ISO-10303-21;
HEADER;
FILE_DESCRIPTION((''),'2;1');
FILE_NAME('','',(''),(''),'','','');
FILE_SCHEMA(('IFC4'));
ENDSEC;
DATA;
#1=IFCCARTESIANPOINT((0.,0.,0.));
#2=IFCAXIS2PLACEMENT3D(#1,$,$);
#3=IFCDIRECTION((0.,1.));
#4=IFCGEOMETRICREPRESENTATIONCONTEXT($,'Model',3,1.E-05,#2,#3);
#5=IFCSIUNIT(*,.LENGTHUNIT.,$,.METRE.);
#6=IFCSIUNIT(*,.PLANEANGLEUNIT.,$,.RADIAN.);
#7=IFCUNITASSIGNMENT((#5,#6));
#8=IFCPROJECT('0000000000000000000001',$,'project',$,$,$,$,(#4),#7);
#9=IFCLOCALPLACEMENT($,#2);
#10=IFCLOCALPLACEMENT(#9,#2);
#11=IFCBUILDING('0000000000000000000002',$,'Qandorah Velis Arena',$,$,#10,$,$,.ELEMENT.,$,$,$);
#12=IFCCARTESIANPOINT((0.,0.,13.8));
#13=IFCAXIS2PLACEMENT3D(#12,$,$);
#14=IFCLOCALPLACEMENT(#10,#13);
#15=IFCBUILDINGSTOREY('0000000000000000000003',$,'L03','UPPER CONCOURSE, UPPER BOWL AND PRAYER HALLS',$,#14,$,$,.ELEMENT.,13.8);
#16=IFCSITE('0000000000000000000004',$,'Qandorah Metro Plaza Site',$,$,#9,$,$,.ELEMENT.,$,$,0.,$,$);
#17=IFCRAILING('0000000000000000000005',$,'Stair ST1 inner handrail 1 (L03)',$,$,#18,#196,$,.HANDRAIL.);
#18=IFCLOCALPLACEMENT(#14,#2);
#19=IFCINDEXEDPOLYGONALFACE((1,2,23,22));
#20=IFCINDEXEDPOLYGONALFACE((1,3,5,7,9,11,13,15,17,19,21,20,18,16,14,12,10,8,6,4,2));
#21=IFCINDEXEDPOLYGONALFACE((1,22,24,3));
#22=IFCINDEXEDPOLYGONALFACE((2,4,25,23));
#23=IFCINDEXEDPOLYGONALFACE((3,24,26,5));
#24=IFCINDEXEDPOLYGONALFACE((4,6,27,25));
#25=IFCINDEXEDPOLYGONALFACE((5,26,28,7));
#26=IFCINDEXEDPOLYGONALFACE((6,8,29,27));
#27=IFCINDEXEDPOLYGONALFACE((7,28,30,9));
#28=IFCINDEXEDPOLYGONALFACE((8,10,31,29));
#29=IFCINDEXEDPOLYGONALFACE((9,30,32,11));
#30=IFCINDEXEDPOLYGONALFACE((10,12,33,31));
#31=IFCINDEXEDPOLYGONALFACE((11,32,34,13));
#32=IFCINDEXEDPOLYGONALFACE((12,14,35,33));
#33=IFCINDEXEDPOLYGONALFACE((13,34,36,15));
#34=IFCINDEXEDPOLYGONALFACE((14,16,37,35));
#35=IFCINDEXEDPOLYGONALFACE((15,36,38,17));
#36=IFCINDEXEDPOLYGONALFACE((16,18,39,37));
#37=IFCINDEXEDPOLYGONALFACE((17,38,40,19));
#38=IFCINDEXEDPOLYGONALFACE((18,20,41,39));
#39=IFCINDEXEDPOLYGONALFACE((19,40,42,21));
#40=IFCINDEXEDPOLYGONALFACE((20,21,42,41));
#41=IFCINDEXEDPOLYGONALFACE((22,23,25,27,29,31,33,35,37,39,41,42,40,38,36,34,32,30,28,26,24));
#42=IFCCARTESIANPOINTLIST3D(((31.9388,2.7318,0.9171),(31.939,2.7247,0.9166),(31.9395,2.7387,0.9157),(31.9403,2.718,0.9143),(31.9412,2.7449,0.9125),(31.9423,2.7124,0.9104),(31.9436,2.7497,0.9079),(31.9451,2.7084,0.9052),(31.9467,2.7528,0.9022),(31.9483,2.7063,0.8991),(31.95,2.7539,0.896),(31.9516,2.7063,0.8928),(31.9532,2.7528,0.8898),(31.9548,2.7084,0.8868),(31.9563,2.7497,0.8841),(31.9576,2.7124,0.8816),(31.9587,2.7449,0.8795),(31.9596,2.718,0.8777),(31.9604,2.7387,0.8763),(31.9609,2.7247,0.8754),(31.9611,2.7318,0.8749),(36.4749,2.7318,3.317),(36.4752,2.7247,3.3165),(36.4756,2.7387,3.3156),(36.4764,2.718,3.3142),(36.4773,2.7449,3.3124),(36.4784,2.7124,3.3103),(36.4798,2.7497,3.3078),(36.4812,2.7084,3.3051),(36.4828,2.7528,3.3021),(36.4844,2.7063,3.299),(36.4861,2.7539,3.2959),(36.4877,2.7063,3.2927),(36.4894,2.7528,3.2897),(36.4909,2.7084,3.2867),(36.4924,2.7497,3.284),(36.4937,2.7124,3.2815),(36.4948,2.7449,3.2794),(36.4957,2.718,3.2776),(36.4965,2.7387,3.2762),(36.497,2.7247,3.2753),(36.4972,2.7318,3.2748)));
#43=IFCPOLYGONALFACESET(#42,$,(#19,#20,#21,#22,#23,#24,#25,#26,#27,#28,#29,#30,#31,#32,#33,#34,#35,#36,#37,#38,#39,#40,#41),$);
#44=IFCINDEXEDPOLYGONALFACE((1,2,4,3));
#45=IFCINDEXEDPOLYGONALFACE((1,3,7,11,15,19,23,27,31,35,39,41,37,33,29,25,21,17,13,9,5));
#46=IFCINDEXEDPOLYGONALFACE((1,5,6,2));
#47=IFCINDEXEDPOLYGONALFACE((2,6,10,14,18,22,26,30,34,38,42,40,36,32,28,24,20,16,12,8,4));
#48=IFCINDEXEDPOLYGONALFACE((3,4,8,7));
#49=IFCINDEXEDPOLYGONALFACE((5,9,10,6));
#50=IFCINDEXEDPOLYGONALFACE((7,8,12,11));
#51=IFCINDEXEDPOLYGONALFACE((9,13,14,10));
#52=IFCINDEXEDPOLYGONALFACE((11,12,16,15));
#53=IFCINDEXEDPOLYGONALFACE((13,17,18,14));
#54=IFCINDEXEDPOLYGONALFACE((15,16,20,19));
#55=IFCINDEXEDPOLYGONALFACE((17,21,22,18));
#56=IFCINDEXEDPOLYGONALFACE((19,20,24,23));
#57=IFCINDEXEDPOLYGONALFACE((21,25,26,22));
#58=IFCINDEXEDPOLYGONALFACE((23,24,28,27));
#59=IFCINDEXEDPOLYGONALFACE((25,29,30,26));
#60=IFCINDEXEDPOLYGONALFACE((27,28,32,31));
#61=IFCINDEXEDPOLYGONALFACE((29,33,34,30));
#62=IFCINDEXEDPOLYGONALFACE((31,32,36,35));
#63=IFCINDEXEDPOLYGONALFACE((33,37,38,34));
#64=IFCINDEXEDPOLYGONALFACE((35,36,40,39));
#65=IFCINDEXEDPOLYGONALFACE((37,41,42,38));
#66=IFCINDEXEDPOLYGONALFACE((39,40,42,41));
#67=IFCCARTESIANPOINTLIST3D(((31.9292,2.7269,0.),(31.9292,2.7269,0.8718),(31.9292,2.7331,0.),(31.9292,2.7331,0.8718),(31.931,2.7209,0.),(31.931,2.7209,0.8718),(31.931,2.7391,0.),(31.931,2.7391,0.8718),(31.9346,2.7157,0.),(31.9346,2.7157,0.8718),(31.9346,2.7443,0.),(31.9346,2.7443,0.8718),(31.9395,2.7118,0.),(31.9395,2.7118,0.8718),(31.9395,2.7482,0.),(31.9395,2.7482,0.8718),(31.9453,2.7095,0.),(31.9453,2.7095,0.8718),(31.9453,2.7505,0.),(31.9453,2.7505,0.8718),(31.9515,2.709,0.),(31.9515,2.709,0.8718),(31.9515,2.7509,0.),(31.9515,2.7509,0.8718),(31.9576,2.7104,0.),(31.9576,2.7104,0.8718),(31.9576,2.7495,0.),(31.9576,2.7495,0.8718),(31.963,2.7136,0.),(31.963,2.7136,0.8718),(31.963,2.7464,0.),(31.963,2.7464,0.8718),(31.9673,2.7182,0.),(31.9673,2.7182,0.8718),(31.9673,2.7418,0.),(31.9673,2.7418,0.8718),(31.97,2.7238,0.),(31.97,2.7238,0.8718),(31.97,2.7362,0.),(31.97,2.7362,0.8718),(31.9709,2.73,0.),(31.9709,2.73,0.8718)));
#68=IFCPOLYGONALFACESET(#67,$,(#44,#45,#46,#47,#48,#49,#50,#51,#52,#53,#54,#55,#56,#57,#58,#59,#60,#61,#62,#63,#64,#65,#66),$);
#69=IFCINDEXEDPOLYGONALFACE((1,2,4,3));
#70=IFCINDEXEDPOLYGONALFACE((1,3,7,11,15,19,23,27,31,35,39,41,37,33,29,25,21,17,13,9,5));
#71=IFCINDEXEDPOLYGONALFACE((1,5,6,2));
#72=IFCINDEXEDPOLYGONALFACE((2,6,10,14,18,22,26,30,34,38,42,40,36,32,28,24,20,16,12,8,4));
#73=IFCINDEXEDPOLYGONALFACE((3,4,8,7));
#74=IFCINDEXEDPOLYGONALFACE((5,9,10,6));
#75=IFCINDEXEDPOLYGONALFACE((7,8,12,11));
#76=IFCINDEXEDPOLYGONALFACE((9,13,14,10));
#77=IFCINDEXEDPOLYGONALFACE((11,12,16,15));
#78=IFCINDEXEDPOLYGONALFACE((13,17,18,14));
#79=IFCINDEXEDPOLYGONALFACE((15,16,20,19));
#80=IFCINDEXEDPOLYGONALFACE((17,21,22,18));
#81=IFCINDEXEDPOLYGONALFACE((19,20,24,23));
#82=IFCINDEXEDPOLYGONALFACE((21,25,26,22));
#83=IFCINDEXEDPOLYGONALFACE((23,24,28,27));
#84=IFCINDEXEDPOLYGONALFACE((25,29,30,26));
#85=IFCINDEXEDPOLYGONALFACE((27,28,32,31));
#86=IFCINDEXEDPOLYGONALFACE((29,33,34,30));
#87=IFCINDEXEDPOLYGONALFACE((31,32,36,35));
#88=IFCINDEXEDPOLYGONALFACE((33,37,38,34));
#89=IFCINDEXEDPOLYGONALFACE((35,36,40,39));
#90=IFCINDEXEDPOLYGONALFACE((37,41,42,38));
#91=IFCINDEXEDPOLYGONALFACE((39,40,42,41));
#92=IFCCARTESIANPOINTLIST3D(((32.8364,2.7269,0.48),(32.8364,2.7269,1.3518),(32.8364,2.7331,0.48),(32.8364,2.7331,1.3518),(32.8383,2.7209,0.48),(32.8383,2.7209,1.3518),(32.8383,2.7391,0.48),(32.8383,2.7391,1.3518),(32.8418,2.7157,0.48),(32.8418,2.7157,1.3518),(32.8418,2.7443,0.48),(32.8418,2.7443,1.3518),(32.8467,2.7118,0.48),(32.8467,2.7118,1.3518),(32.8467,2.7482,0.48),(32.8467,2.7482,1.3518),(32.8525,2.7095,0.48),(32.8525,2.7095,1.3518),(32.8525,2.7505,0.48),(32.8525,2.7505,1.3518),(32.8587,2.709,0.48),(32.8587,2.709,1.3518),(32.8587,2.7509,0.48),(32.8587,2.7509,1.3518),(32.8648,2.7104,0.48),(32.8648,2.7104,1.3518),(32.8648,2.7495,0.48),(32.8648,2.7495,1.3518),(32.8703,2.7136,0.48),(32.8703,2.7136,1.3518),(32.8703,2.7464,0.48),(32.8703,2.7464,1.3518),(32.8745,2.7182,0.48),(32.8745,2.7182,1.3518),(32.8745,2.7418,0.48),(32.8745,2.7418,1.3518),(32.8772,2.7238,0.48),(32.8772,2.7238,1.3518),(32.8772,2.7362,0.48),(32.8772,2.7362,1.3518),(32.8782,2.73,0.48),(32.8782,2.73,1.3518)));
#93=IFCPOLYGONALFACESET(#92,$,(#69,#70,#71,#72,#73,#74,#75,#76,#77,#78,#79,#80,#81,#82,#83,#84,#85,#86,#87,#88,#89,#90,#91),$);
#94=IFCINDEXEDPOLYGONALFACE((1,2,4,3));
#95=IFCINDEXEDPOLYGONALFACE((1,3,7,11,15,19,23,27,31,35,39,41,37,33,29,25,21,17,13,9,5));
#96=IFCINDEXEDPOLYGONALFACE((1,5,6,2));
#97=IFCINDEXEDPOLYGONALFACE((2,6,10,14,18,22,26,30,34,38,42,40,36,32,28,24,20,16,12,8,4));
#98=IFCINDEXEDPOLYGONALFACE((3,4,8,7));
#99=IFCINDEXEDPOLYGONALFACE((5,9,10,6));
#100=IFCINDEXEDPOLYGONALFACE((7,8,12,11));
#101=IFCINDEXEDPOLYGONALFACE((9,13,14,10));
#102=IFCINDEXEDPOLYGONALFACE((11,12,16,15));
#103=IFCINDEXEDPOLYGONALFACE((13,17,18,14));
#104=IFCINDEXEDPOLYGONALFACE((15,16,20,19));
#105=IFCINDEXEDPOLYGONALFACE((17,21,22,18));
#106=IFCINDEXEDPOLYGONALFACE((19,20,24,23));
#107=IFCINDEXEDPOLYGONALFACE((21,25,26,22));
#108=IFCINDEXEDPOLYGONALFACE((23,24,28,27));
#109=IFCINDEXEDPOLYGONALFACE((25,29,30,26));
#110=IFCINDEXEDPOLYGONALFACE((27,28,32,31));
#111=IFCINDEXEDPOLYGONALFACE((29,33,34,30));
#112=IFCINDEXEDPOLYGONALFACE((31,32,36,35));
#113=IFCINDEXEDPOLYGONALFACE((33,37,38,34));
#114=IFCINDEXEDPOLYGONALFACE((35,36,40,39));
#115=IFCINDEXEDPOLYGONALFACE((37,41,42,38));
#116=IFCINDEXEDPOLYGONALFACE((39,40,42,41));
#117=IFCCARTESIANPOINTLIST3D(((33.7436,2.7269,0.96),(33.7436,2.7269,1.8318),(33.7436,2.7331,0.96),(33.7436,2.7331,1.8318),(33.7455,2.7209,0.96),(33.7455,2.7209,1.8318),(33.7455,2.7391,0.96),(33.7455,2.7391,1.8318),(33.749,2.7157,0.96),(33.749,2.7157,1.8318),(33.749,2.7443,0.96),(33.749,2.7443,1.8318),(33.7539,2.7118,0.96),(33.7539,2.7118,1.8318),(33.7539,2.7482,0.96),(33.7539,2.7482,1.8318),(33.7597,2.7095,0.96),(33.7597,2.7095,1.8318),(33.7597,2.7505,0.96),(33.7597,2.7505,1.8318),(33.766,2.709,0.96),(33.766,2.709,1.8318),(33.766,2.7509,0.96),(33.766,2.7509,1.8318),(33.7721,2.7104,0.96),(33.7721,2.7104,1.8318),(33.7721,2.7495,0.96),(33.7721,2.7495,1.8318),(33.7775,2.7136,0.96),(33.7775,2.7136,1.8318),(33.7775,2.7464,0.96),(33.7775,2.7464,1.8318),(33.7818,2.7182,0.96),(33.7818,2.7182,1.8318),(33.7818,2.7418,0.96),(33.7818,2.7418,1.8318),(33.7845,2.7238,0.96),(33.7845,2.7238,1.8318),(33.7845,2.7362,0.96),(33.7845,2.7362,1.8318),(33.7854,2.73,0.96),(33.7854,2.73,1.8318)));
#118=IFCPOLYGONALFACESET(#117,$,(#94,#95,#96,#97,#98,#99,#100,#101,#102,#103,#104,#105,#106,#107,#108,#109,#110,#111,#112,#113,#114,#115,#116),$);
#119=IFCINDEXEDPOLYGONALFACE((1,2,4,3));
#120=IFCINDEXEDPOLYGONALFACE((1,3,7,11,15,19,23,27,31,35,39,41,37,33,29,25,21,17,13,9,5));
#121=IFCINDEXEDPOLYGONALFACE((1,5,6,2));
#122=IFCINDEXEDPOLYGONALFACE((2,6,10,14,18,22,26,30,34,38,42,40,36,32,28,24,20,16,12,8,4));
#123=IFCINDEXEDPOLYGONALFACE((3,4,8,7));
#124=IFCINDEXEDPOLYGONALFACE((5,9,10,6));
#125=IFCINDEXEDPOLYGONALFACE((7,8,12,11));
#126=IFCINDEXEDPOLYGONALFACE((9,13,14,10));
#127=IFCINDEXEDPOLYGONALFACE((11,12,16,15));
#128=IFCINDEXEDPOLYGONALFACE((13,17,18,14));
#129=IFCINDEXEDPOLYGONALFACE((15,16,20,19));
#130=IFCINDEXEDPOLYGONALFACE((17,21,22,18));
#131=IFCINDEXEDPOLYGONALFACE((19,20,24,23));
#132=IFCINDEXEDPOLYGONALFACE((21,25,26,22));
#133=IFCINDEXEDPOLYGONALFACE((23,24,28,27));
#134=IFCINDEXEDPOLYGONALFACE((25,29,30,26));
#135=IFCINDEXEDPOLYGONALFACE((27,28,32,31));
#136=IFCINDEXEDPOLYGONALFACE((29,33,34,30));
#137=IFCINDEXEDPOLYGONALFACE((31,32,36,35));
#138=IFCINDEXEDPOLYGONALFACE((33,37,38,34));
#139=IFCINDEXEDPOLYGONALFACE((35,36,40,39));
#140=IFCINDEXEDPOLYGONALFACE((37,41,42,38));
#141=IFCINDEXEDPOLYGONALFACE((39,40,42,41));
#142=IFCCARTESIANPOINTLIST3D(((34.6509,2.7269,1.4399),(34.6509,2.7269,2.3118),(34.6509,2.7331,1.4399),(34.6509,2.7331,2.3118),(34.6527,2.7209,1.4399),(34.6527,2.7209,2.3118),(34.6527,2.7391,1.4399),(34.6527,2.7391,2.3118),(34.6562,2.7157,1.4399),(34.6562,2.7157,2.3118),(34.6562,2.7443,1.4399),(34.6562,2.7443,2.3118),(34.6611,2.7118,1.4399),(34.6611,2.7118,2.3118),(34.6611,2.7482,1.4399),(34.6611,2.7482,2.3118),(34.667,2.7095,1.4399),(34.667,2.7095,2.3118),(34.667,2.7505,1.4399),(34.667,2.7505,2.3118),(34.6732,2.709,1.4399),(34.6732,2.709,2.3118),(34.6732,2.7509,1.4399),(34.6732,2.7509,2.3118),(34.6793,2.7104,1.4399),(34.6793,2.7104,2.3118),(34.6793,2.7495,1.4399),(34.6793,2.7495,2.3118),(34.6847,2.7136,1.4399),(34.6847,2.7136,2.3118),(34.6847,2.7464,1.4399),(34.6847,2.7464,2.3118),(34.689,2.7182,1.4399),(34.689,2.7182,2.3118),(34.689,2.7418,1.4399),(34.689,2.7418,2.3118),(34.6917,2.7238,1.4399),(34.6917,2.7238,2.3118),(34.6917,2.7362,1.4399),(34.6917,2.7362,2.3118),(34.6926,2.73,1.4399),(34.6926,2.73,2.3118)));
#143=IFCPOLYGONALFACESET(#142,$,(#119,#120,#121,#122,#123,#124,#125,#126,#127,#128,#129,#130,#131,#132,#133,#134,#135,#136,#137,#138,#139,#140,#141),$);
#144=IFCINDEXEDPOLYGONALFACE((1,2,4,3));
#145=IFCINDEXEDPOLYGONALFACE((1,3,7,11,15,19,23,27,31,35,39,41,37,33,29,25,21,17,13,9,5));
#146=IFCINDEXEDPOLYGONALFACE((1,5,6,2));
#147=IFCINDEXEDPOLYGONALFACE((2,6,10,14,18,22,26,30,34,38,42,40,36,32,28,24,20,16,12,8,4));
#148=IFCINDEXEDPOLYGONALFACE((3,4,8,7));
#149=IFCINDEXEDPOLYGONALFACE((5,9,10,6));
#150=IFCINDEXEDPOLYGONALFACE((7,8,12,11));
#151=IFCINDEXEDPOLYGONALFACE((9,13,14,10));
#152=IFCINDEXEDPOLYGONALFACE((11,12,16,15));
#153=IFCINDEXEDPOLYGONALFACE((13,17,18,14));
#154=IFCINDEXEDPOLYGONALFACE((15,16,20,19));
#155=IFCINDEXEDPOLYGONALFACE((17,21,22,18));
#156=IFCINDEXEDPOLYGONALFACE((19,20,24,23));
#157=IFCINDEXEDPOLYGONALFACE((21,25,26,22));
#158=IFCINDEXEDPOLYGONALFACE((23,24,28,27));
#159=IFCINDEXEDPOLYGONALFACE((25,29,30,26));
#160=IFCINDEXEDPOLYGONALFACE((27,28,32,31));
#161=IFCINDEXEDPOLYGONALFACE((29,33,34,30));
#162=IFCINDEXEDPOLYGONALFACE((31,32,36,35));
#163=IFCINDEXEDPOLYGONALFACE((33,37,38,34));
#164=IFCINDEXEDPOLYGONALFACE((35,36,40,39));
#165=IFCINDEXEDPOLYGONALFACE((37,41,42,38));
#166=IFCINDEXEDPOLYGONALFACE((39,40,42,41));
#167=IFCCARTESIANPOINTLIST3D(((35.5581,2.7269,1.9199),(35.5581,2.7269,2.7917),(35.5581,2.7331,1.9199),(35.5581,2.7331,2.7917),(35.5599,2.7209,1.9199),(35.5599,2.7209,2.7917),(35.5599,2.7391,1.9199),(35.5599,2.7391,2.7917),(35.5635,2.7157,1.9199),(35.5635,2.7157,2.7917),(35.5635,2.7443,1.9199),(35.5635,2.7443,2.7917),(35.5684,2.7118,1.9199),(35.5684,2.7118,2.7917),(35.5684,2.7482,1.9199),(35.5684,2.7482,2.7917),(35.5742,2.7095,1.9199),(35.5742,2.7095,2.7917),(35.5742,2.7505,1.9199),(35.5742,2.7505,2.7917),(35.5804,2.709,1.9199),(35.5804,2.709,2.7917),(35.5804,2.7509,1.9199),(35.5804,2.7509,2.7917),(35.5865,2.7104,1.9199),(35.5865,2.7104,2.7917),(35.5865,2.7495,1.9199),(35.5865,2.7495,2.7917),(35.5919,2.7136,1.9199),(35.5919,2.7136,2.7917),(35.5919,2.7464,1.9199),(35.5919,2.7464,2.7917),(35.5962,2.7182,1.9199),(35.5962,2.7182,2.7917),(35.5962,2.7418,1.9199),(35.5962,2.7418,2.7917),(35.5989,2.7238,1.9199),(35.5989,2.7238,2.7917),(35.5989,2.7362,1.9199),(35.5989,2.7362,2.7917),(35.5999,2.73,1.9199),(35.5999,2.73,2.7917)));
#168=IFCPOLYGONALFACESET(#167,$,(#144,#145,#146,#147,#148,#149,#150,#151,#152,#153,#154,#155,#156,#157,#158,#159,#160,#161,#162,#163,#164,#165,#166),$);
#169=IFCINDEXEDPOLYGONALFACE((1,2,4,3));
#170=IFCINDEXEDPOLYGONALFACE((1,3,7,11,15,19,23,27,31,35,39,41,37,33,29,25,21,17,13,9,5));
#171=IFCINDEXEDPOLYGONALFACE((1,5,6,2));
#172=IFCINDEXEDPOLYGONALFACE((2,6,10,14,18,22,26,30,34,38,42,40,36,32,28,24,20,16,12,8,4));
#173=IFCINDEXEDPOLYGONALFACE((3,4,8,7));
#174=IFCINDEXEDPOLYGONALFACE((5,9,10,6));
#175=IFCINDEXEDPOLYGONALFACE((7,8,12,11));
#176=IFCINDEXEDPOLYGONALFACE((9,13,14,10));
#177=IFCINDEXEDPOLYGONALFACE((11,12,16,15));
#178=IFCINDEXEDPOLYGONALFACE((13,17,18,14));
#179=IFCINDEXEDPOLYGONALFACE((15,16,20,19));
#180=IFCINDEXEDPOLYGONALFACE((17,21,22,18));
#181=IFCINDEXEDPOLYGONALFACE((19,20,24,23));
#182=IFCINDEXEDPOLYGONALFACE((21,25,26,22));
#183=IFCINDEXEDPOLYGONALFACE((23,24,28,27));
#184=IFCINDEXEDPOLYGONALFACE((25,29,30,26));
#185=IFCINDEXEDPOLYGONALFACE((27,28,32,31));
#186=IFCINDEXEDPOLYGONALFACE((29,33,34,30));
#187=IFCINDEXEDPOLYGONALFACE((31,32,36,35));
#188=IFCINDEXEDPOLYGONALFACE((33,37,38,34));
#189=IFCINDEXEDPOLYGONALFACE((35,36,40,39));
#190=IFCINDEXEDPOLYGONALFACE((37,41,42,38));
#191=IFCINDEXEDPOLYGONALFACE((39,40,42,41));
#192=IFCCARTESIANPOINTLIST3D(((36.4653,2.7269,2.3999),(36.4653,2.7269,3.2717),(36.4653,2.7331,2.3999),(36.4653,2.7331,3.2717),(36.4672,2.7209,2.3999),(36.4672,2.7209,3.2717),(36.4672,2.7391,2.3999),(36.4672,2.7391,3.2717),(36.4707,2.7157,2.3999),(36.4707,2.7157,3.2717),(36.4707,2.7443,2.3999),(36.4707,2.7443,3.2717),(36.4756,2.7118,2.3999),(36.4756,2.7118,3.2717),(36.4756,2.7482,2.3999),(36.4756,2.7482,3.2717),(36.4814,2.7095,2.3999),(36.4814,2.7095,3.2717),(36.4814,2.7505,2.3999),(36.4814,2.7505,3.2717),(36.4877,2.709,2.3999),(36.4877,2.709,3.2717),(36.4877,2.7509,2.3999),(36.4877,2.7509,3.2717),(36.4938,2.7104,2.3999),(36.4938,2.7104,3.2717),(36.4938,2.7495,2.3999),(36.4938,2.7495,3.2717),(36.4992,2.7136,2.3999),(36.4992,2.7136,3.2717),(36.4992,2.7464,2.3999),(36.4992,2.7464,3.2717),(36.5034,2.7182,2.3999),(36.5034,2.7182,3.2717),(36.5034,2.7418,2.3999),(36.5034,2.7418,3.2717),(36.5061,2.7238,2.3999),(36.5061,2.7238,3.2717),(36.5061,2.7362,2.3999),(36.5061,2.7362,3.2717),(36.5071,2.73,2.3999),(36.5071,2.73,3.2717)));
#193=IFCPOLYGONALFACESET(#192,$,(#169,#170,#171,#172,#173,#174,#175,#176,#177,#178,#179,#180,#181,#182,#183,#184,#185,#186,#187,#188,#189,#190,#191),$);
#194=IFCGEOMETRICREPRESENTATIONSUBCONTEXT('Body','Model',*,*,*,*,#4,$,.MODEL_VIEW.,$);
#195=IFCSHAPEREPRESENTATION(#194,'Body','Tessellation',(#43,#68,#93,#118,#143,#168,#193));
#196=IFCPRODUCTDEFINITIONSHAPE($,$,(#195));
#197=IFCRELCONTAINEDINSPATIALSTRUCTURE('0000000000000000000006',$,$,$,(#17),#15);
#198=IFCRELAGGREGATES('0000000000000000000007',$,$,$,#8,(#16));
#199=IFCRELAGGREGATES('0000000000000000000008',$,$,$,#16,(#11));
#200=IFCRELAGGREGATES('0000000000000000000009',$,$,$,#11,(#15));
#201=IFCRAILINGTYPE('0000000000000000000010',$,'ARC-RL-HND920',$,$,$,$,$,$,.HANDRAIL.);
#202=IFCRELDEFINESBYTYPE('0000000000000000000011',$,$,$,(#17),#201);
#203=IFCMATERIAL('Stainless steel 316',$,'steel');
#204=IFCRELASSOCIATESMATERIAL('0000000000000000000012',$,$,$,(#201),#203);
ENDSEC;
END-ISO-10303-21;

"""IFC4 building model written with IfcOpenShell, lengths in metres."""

from ifc_helpers import new_model, si_unit, direction, frame, origin, origin_2d, place, context, subcontext, project, spatial, circle, extrude, material, type_object, element, save


model = new_model("IFC4")

# Units and contexts
model_context = context("Model", 3, precision=1e-05, world=origin(), true_north=direction((0.0, 1.0)))
body_context = subcontext(model_context, "Body", "Model", "MODEL_VIEW")
ifc_project = project(units=[si_unit("LENGTHUNIT", "METRE"), si_unit("PLANEANGLEUNIT", "RADIAN")], contexts=[model_context])

# Site, building, storey
site_placement = place(None, origin())
site = spatial("IfcSite", under=ifc_project, at=site_placement, Name="Qandorah Metro Plaza Site", CompositionType="ELEMENT", RefElevation=0.0)
building_placement = place(site_placement, origin())
building = spatial("IfcBuilding", under=site, at=building_placement, Name="Qandorah Velis Arena", CompositionType="ELEMENT")
storey_placement = place(building_placement, frame((0.0, 0.0, 13.8)))
storey = spatial("IfcBuildingStorey", under=building, at=storey_placement, Name="L03", Description="UPPER CONCOURSE, UPPER BOWL AND PRAYER HALLS", CompositionType="ELEMENT", Elevation=13.8)

# Railing
ifc_material_1 = material(Name="Stainless steel 316", Category="steel")
railing_type_1 = type_object("IfcRailingType", Name="ARC-RL-HND920", PredefinedType="HANDRAIL", material=ifc_material_1)
railing_1_placement = place(storey_placement, frame((31.95, 2.73, 0.0)))
element("IfcRailing", 1, at=railing_1_placement, inside=storey, type_object=railing_type_1, Name="Stair ST1 inner handrail 1 (L03)", PredefinedType="HANDRAIL", context=body_context, shape_type="SweptSolid", body=[
    extrude(circle(Radius=0.0239, at=origin_2d()), frame((0.0, 0.0, 0.896), z_axis=(0.883915, 0.0, 0.467647), x_axis=(0.0, 1.0, 0.0)), (0.0, 0.0, 1.0), 5.1318),
    extrude(circle(Radius=0.021, at=origin_2d()), origin(), (0.0, 0.0, 1.0), 0.8718),
    extrude(circle(Radius=0.021, at=origin_2d()), frame((0.9072, 0.0, 0.48)), (0.0, 0.0, 1.0), 0.8718),
    extrude(circle(Radius=0.021, at=origin_2d()), frame((1.8145, 0.0, 0.96)), (0.0, 0.0, 1.0), 0.8718),
    extrude(circle(Radius=0.021, at=origin_2d()), frame((2.7217, 0.0, 1.4399)), (0.0, 0.0, 1.0), 0.8718),
    extrude(circle(Radius=0.021, at=origin_2d()), frame((3.6289, 0.0, 1.9199)), (0.0, 0.0, 1.0), 0.8718),
    extrude(circle(Radius=0.021, at=origin_2d()), frame((4.5361, 0.0, 2.3999)), (0.0, 0.0, 1.0), 0.8718),
])

save(model, "model.ifc")
